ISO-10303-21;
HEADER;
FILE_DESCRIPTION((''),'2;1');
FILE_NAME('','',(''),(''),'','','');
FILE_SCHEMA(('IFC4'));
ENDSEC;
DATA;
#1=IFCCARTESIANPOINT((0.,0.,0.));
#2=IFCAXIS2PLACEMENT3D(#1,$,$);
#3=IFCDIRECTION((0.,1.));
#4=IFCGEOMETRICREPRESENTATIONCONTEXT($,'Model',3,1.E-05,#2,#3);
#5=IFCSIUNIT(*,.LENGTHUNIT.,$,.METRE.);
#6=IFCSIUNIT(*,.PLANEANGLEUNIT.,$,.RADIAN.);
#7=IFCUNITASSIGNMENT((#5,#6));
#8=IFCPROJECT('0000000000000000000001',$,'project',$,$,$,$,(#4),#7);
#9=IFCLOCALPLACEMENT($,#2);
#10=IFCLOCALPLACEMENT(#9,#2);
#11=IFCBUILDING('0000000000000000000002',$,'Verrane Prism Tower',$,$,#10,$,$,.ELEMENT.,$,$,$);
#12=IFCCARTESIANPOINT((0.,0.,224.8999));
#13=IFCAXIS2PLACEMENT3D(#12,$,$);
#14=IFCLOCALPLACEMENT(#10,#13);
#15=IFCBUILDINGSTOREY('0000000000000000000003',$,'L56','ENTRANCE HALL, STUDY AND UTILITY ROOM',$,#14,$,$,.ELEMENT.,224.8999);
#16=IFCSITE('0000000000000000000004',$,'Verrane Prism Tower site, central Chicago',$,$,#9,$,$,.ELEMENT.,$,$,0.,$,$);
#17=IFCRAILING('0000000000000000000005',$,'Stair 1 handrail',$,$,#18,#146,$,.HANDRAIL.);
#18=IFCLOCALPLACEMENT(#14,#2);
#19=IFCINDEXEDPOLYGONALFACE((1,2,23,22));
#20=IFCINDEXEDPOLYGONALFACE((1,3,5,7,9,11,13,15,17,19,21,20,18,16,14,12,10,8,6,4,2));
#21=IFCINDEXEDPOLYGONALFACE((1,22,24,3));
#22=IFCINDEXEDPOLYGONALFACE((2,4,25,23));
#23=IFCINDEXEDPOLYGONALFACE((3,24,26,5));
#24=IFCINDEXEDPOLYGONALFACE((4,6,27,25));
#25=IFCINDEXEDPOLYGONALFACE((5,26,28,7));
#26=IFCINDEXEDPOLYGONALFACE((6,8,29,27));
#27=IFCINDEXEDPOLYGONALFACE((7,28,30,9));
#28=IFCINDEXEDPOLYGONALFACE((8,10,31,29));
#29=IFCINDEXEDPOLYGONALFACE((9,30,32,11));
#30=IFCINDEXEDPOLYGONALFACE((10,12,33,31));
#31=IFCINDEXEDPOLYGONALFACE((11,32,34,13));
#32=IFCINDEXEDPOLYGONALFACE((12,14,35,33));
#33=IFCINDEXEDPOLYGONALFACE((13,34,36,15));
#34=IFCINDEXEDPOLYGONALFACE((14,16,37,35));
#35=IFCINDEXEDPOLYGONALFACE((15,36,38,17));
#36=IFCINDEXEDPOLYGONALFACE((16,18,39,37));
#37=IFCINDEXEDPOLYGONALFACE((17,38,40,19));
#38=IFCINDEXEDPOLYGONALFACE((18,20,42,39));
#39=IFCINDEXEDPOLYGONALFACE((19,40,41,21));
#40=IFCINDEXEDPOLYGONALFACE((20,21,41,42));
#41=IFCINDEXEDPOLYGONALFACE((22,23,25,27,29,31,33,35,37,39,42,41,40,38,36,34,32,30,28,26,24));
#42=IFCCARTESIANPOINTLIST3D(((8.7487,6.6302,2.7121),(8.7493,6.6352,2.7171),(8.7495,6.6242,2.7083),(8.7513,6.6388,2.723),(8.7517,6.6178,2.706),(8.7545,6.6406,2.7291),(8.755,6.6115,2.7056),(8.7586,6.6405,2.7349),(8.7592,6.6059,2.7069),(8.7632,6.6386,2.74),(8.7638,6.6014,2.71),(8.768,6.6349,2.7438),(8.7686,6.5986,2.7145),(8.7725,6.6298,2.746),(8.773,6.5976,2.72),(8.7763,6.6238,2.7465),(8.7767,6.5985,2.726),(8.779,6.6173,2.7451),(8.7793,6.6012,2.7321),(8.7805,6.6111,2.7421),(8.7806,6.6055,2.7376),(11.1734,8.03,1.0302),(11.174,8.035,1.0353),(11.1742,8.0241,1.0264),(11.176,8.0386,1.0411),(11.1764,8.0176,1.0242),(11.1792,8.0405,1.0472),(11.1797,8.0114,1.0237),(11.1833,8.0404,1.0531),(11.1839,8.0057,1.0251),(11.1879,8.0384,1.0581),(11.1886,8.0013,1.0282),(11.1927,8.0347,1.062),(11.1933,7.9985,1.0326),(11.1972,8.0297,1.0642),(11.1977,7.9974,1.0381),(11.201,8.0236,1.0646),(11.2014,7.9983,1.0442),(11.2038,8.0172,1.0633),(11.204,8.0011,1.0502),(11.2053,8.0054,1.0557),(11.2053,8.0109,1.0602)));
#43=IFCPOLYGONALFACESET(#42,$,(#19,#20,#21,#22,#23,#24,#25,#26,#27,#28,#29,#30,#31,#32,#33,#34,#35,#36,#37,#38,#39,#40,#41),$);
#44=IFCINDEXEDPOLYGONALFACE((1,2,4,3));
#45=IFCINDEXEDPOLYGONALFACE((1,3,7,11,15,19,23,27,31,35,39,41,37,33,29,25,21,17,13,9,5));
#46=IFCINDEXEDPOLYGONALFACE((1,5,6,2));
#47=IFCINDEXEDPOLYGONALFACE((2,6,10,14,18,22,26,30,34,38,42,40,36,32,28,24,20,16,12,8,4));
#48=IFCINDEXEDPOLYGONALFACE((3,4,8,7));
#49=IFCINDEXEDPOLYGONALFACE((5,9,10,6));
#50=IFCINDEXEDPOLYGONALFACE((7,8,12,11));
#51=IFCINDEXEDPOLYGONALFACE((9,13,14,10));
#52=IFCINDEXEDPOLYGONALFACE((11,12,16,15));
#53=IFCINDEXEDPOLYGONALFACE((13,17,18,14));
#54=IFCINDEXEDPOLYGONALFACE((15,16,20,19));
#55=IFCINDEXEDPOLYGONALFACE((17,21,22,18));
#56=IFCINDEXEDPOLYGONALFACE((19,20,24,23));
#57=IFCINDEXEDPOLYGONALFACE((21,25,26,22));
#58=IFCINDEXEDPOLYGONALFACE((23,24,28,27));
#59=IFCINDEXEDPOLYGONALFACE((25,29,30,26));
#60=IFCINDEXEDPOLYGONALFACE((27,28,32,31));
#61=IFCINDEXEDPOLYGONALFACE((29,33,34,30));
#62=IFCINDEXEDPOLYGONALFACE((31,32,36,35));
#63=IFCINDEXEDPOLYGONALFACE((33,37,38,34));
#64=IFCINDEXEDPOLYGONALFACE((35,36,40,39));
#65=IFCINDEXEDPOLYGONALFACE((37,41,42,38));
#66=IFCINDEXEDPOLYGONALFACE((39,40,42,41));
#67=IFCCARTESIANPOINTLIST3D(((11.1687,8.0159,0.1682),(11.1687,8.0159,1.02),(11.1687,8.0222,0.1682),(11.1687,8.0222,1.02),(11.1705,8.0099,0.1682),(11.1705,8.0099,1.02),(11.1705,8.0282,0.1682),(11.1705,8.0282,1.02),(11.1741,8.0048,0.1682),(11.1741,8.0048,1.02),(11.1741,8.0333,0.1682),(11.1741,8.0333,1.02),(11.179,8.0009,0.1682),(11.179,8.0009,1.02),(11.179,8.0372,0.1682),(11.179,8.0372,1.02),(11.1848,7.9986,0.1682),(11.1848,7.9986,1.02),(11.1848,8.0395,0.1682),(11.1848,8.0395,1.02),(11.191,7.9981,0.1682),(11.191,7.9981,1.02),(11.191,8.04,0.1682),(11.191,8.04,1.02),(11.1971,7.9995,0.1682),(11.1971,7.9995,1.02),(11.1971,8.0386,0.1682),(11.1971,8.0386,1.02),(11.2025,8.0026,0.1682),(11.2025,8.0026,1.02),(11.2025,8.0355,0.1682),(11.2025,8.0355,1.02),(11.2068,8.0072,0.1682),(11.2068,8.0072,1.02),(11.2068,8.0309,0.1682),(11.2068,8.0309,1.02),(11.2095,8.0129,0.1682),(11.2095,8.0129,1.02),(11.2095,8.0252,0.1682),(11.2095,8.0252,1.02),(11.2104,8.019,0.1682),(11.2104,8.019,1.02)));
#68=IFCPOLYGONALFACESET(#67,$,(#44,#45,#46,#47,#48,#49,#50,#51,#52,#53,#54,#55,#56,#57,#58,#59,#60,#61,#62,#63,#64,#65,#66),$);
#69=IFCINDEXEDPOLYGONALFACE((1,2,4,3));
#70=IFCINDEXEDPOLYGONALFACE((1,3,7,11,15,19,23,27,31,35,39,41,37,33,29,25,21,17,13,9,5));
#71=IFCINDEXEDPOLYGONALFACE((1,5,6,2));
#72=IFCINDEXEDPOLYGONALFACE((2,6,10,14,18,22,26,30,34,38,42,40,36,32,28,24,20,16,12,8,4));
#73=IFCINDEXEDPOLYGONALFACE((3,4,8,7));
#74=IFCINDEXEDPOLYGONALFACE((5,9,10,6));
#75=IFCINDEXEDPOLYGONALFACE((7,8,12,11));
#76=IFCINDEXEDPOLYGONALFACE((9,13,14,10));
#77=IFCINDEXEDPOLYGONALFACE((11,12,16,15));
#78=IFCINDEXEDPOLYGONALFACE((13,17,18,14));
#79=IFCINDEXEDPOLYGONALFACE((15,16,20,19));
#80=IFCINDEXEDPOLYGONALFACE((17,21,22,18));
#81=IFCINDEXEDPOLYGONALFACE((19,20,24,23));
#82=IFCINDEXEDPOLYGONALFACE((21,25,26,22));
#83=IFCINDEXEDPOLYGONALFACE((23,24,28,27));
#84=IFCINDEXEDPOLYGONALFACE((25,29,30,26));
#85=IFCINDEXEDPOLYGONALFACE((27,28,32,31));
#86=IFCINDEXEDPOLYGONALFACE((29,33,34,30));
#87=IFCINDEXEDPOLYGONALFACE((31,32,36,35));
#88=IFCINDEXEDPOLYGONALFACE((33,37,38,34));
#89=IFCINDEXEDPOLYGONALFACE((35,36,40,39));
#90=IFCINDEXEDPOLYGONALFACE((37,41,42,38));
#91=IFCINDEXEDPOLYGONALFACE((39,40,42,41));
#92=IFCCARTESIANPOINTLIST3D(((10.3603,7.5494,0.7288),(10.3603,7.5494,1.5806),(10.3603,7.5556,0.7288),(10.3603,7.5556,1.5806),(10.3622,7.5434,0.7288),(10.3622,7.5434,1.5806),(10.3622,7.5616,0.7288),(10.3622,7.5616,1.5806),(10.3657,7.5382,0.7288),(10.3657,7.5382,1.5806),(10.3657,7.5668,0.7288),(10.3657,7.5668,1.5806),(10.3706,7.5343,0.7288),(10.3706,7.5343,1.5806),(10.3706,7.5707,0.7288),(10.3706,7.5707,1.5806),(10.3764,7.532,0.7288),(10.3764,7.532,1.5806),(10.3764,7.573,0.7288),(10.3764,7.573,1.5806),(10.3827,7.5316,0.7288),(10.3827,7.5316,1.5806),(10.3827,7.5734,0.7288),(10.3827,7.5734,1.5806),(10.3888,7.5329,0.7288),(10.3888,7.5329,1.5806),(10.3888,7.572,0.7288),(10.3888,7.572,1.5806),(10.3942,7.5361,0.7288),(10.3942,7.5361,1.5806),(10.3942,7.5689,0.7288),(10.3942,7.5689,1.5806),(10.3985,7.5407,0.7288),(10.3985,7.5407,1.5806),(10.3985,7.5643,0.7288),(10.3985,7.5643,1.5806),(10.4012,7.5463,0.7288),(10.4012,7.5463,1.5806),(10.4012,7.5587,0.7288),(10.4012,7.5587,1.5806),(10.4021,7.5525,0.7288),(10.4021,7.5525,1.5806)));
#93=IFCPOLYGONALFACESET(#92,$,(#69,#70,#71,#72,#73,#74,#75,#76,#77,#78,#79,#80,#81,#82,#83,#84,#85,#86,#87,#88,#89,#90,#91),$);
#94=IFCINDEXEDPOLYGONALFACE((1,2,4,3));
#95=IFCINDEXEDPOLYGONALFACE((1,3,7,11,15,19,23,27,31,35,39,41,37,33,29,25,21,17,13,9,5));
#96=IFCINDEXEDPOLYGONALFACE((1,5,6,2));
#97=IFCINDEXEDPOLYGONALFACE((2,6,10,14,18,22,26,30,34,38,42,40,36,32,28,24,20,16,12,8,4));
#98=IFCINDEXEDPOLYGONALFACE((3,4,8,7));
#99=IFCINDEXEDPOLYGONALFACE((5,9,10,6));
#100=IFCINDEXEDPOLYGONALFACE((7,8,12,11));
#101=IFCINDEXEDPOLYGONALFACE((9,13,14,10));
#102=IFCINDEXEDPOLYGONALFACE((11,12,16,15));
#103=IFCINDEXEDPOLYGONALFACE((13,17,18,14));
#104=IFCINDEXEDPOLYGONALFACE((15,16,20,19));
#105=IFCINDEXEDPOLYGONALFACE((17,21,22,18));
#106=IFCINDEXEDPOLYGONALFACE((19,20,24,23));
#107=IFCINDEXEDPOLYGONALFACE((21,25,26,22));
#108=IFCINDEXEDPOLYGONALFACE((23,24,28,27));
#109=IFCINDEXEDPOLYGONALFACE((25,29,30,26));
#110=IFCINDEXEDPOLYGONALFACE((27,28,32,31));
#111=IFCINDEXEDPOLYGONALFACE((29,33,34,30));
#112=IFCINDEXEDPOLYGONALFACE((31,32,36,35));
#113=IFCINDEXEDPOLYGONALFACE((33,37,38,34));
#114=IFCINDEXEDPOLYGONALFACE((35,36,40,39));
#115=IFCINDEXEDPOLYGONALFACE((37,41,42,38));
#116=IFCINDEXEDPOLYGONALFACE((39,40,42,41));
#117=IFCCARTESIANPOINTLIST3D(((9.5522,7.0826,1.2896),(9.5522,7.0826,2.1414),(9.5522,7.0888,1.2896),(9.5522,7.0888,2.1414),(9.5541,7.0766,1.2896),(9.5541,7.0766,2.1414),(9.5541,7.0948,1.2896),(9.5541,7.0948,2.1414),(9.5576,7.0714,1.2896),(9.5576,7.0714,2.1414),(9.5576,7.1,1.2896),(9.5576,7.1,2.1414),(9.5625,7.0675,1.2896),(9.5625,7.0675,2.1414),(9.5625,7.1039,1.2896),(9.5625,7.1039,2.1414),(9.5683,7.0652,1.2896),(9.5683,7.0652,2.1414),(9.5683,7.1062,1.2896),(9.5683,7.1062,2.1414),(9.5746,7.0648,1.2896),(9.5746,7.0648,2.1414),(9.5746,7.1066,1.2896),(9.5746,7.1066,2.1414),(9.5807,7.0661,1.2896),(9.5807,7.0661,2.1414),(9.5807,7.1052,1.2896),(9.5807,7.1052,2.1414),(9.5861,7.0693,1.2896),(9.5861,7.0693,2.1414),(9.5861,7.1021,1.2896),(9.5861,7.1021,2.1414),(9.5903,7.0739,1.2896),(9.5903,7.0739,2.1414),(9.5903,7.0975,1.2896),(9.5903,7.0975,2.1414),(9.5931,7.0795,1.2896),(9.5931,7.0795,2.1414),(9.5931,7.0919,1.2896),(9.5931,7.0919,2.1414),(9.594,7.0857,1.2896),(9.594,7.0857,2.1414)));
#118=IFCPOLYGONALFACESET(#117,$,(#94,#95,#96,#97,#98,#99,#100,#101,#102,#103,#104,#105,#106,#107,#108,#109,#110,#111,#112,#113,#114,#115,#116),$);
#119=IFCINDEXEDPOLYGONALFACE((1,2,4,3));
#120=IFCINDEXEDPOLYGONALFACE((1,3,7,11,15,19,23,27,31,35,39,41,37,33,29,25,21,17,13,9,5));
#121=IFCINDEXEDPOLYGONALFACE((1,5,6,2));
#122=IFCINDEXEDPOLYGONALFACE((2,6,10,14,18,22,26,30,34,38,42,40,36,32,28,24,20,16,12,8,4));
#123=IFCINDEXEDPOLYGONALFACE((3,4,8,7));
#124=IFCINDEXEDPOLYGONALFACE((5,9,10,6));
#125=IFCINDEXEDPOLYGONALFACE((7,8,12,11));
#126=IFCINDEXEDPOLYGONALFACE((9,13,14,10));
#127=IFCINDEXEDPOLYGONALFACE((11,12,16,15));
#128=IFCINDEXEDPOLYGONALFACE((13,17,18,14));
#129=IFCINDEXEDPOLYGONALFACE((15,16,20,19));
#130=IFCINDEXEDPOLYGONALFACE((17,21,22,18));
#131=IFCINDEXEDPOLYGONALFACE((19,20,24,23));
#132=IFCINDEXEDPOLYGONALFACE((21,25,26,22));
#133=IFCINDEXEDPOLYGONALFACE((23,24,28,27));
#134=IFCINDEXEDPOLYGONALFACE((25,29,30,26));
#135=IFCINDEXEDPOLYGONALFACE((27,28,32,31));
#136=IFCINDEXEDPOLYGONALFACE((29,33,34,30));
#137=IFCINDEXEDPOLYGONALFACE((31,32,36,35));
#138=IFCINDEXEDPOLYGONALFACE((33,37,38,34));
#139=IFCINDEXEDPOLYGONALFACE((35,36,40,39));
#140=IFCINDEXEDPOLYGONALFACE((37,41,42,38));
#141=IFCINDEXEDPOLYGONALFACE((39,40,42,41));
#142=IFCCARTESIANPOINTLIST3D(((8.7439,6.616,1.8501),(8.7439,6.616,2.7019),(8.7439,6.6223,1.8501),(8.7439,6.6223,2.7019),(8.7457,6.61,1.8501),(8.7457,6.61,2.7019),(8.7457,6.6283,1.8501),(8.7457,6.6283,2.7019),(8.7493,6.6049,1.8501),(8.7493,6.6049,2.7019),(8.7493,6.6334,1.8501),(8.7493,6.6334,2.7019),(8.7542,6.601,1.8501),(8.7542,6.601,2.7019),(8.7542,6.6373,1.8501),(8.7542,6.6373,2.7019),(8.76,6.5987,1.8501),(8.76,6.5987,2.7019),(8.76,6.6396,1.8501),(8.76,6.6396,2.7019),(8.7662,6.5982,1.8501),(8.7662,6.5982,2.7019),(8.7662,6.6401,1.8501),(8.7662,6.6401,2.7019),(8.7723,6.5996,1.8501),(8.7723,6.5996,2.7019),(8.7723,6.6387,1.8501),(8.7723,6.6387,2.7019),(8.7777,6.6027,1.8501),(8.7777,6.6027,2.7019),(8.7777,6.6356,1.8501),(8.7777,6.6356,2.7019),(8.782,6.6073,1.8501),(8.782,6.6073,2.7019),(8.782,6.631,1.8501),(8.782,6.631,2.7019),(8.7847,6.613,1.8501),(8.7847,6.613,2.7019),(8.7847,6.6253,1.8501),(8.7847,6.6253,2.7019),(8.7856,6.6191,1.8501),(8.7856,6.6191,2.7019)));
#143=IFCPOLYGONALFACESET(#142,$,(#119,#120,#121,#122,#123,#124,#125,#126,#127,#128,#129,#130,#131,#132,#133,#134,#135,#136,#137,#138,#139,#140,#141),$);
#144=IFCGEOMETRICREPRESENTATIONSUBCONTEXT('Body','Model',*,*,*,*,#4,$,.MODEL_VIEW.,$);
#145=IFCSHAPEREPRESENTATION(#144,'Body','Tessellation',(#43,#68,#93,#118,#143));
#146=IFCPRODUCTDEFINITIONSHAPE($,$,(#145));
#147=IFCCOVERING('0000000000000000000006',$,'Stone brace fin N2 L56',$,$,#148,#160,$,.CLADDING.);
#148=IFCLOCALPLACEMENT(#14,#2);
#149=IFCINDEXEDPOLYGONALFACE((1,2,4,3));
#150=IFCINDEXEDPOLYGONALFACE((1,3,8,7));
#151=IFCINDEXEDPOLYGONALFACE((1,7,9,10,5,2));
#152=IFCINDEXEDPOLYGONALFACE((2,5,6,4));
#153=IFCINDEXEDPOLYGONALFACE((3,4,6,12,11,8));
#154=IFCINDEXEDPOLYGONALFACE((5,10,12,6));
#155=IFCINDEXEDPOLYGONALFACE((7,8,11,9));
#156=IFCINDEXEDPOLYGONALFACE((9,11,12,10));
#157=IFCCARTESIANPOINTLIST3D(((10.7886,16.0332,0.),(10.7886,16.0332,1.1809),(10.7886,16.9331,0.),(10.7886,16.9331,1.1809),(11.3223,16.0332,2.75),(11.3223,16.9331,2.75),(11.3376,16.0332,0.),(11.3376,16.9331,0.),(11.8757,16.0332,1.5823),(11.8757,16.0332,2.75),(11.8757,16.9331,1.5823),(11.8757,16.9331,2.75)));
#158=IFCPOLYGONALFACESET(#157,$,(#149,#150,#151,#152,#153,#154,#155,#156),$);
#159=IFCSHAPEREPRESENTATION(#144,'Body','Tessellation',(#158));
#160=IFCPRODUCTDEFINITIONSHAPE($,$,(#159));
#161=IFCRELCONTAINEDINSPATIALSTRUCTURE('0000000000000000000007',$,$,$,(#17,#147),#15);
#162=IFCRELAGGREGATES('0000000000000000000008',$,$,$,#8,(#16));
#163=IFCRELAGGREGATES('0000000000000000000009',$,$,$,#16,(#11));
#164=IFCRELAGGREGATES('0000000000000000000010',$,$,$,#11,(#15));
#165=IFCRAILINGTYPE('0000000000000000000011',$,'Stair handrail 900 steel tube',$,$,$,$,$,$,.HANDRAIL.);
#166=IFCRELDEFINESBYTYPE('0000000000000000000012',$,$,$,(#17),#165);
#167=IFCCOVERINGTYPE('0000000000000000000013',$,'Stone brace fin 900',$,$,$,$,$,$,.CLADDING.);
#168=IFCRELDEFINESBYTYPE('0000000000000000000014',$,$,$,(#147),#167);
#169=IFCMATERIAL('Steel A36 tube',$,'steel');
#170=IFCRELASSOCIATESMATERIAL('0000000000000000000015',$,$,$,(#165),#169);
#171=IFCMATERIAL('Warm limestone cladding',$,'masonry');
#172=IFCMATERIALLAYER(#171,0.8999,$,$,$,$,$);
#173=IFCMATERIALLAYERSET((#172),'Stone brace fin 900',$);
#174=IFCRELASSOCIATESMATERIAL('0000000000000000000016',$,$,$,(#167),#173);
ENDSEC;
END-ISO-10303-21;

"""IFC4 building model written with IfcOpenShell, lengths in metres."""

from ifc_helpers import new_model, si_unit, direction, frame, origin, origin_2d, place, context, subcontext, project, spatial, polyline, circle, outline, extrude, material, layer, layer_set, type_object, element, save


model = new_model("IFC4")

# Units and contexts
model_context = context("Model", 3, precision=1e-05, world=origin(), true_north=direction((0.0, 1.0)))
body_context = subcontext(model_context, "Body", "Model", "MODEL_VIEW")
ifc_project = project(units=[si_unit("LENGTHUNIT", "METRE"), si_unit("PLANEANGLEUNIT", "RADIAN")], contexts=[model_context])

# Site, building, storey
site_placement = place(None, origin())
site = spatial("IfcSite", under=ifc_project, at=site_placement, Name="Verrane Prism Tower site, central Chicago", CompositionType="ELEMENT", RefElevation=0.0)
building_placement = place(site_placement, origin())
building = spatial("IfcBuilding", under=site, at=building_placement, Name="Verrane Prism Tower", CompositionType="ELEMENT")
storey_placement = place(building_placement, frame((0.0, 0.0, 224.8999)))
storey = spatial("IfcBuildingStorey", under=building, at=storey_placement, Name="L56", Description="ENTRANCE HALL, STUDY AND UTILITY ROOM", CompositionType="ELEMENT", Elevation=224.8999)

# Railing
ifc_material_1 = material(Name="Steel A36 tube", Category="steel")
railing_type = type_object("IfcRailingType", Name="Stair handrail 900 steel tube", PredefinedType="HANDRAIL", material=ifc_material_1)
railing_placement = place(storey_placement, frame((11.1895, 8.019, 0.1682)))
element("IfcRailing", 1, at=railing_placement, inside=storey, type_object=railing_type, Name="Stair 1 handrail", PredefinedType="HANDRAIL", context=body_context, shape_type="SweptSolid", body=[
    extrude(circle(Radius=0.0239, at=origin_2d()), frame((0.0, 0.0, 0.876), z_axis=(-0.74239, -0.428601, 0.514934), x_axis=(0.499984, -0.866035, 0.0)), (0.0, 0.0, 1.0), 3.2661),
    extrude(circle(Radius=0.021, at=origin_2d()), origin(), (0.0, 0.0, 1.0), 0.8518),
    extrude(circle(Radius=0.021, at=origin_2d()), frame((-0.8083, -0.4666, 0.5605)), (0.0, 0.0, 1.0), 0.8518),
    extrude(circle(Radius=0.021, at=origin_2d()), frame((-1.6165, -0.9333, 1.1213)), (0.0, 0.0, 1.0), 0.8518),
    extrude(circle(Radius=0.021, at=origin_2d()), frame((-2.4248, -1.3999, 1.6819)), (0.0, 0.0, 1.0), 0.8518),
])

# Covering
ifc_material_2 = material(Name="Warm limestone cladding", Category="masonry")
ifc_layer_1 = layer(ifc_material_2, 0.8999)
ifc_layer_set_1 = layer_set([ifc_layer_1], Name="Stone brace fin 900")
covering_type = type_object("IfcCoveringType", Name="Stone brace fin 900", PredefinedType="CLADDING", material=ifc_layer_set_1)
covering_placement = place(storey_placement, frame((10.7886, 16.4832, 0.0), z_axis=(0.0, 0.0, 1.0), x_axis=(1.0, 0.0, 0.0)))
element("IfcCovering", 2, at=covering_placement, inside=storey, type_object=covering_type, Name="Stone brace fin N2 L56", PredefinedType="CLADDING", context=body_context, shape_type="SweptSolid", body=[
    extrude(outline(polyline([(1.0872, 2.75), (0.5337, 2.75), (0.0, 1.1809), (0.0, 0.0), (0.5491, 0.0), (1.0872, 1.5823), (1.0872, 2.75)])), frame((0.0, 0.45, 0.0), z_axis=(0.0, -1.0, 0.0), x_axis=(1.0, 0.0, 0.0)), (0.0, 0.0, 1.0), 0.8999),
])

save(model, "model.ifc")
